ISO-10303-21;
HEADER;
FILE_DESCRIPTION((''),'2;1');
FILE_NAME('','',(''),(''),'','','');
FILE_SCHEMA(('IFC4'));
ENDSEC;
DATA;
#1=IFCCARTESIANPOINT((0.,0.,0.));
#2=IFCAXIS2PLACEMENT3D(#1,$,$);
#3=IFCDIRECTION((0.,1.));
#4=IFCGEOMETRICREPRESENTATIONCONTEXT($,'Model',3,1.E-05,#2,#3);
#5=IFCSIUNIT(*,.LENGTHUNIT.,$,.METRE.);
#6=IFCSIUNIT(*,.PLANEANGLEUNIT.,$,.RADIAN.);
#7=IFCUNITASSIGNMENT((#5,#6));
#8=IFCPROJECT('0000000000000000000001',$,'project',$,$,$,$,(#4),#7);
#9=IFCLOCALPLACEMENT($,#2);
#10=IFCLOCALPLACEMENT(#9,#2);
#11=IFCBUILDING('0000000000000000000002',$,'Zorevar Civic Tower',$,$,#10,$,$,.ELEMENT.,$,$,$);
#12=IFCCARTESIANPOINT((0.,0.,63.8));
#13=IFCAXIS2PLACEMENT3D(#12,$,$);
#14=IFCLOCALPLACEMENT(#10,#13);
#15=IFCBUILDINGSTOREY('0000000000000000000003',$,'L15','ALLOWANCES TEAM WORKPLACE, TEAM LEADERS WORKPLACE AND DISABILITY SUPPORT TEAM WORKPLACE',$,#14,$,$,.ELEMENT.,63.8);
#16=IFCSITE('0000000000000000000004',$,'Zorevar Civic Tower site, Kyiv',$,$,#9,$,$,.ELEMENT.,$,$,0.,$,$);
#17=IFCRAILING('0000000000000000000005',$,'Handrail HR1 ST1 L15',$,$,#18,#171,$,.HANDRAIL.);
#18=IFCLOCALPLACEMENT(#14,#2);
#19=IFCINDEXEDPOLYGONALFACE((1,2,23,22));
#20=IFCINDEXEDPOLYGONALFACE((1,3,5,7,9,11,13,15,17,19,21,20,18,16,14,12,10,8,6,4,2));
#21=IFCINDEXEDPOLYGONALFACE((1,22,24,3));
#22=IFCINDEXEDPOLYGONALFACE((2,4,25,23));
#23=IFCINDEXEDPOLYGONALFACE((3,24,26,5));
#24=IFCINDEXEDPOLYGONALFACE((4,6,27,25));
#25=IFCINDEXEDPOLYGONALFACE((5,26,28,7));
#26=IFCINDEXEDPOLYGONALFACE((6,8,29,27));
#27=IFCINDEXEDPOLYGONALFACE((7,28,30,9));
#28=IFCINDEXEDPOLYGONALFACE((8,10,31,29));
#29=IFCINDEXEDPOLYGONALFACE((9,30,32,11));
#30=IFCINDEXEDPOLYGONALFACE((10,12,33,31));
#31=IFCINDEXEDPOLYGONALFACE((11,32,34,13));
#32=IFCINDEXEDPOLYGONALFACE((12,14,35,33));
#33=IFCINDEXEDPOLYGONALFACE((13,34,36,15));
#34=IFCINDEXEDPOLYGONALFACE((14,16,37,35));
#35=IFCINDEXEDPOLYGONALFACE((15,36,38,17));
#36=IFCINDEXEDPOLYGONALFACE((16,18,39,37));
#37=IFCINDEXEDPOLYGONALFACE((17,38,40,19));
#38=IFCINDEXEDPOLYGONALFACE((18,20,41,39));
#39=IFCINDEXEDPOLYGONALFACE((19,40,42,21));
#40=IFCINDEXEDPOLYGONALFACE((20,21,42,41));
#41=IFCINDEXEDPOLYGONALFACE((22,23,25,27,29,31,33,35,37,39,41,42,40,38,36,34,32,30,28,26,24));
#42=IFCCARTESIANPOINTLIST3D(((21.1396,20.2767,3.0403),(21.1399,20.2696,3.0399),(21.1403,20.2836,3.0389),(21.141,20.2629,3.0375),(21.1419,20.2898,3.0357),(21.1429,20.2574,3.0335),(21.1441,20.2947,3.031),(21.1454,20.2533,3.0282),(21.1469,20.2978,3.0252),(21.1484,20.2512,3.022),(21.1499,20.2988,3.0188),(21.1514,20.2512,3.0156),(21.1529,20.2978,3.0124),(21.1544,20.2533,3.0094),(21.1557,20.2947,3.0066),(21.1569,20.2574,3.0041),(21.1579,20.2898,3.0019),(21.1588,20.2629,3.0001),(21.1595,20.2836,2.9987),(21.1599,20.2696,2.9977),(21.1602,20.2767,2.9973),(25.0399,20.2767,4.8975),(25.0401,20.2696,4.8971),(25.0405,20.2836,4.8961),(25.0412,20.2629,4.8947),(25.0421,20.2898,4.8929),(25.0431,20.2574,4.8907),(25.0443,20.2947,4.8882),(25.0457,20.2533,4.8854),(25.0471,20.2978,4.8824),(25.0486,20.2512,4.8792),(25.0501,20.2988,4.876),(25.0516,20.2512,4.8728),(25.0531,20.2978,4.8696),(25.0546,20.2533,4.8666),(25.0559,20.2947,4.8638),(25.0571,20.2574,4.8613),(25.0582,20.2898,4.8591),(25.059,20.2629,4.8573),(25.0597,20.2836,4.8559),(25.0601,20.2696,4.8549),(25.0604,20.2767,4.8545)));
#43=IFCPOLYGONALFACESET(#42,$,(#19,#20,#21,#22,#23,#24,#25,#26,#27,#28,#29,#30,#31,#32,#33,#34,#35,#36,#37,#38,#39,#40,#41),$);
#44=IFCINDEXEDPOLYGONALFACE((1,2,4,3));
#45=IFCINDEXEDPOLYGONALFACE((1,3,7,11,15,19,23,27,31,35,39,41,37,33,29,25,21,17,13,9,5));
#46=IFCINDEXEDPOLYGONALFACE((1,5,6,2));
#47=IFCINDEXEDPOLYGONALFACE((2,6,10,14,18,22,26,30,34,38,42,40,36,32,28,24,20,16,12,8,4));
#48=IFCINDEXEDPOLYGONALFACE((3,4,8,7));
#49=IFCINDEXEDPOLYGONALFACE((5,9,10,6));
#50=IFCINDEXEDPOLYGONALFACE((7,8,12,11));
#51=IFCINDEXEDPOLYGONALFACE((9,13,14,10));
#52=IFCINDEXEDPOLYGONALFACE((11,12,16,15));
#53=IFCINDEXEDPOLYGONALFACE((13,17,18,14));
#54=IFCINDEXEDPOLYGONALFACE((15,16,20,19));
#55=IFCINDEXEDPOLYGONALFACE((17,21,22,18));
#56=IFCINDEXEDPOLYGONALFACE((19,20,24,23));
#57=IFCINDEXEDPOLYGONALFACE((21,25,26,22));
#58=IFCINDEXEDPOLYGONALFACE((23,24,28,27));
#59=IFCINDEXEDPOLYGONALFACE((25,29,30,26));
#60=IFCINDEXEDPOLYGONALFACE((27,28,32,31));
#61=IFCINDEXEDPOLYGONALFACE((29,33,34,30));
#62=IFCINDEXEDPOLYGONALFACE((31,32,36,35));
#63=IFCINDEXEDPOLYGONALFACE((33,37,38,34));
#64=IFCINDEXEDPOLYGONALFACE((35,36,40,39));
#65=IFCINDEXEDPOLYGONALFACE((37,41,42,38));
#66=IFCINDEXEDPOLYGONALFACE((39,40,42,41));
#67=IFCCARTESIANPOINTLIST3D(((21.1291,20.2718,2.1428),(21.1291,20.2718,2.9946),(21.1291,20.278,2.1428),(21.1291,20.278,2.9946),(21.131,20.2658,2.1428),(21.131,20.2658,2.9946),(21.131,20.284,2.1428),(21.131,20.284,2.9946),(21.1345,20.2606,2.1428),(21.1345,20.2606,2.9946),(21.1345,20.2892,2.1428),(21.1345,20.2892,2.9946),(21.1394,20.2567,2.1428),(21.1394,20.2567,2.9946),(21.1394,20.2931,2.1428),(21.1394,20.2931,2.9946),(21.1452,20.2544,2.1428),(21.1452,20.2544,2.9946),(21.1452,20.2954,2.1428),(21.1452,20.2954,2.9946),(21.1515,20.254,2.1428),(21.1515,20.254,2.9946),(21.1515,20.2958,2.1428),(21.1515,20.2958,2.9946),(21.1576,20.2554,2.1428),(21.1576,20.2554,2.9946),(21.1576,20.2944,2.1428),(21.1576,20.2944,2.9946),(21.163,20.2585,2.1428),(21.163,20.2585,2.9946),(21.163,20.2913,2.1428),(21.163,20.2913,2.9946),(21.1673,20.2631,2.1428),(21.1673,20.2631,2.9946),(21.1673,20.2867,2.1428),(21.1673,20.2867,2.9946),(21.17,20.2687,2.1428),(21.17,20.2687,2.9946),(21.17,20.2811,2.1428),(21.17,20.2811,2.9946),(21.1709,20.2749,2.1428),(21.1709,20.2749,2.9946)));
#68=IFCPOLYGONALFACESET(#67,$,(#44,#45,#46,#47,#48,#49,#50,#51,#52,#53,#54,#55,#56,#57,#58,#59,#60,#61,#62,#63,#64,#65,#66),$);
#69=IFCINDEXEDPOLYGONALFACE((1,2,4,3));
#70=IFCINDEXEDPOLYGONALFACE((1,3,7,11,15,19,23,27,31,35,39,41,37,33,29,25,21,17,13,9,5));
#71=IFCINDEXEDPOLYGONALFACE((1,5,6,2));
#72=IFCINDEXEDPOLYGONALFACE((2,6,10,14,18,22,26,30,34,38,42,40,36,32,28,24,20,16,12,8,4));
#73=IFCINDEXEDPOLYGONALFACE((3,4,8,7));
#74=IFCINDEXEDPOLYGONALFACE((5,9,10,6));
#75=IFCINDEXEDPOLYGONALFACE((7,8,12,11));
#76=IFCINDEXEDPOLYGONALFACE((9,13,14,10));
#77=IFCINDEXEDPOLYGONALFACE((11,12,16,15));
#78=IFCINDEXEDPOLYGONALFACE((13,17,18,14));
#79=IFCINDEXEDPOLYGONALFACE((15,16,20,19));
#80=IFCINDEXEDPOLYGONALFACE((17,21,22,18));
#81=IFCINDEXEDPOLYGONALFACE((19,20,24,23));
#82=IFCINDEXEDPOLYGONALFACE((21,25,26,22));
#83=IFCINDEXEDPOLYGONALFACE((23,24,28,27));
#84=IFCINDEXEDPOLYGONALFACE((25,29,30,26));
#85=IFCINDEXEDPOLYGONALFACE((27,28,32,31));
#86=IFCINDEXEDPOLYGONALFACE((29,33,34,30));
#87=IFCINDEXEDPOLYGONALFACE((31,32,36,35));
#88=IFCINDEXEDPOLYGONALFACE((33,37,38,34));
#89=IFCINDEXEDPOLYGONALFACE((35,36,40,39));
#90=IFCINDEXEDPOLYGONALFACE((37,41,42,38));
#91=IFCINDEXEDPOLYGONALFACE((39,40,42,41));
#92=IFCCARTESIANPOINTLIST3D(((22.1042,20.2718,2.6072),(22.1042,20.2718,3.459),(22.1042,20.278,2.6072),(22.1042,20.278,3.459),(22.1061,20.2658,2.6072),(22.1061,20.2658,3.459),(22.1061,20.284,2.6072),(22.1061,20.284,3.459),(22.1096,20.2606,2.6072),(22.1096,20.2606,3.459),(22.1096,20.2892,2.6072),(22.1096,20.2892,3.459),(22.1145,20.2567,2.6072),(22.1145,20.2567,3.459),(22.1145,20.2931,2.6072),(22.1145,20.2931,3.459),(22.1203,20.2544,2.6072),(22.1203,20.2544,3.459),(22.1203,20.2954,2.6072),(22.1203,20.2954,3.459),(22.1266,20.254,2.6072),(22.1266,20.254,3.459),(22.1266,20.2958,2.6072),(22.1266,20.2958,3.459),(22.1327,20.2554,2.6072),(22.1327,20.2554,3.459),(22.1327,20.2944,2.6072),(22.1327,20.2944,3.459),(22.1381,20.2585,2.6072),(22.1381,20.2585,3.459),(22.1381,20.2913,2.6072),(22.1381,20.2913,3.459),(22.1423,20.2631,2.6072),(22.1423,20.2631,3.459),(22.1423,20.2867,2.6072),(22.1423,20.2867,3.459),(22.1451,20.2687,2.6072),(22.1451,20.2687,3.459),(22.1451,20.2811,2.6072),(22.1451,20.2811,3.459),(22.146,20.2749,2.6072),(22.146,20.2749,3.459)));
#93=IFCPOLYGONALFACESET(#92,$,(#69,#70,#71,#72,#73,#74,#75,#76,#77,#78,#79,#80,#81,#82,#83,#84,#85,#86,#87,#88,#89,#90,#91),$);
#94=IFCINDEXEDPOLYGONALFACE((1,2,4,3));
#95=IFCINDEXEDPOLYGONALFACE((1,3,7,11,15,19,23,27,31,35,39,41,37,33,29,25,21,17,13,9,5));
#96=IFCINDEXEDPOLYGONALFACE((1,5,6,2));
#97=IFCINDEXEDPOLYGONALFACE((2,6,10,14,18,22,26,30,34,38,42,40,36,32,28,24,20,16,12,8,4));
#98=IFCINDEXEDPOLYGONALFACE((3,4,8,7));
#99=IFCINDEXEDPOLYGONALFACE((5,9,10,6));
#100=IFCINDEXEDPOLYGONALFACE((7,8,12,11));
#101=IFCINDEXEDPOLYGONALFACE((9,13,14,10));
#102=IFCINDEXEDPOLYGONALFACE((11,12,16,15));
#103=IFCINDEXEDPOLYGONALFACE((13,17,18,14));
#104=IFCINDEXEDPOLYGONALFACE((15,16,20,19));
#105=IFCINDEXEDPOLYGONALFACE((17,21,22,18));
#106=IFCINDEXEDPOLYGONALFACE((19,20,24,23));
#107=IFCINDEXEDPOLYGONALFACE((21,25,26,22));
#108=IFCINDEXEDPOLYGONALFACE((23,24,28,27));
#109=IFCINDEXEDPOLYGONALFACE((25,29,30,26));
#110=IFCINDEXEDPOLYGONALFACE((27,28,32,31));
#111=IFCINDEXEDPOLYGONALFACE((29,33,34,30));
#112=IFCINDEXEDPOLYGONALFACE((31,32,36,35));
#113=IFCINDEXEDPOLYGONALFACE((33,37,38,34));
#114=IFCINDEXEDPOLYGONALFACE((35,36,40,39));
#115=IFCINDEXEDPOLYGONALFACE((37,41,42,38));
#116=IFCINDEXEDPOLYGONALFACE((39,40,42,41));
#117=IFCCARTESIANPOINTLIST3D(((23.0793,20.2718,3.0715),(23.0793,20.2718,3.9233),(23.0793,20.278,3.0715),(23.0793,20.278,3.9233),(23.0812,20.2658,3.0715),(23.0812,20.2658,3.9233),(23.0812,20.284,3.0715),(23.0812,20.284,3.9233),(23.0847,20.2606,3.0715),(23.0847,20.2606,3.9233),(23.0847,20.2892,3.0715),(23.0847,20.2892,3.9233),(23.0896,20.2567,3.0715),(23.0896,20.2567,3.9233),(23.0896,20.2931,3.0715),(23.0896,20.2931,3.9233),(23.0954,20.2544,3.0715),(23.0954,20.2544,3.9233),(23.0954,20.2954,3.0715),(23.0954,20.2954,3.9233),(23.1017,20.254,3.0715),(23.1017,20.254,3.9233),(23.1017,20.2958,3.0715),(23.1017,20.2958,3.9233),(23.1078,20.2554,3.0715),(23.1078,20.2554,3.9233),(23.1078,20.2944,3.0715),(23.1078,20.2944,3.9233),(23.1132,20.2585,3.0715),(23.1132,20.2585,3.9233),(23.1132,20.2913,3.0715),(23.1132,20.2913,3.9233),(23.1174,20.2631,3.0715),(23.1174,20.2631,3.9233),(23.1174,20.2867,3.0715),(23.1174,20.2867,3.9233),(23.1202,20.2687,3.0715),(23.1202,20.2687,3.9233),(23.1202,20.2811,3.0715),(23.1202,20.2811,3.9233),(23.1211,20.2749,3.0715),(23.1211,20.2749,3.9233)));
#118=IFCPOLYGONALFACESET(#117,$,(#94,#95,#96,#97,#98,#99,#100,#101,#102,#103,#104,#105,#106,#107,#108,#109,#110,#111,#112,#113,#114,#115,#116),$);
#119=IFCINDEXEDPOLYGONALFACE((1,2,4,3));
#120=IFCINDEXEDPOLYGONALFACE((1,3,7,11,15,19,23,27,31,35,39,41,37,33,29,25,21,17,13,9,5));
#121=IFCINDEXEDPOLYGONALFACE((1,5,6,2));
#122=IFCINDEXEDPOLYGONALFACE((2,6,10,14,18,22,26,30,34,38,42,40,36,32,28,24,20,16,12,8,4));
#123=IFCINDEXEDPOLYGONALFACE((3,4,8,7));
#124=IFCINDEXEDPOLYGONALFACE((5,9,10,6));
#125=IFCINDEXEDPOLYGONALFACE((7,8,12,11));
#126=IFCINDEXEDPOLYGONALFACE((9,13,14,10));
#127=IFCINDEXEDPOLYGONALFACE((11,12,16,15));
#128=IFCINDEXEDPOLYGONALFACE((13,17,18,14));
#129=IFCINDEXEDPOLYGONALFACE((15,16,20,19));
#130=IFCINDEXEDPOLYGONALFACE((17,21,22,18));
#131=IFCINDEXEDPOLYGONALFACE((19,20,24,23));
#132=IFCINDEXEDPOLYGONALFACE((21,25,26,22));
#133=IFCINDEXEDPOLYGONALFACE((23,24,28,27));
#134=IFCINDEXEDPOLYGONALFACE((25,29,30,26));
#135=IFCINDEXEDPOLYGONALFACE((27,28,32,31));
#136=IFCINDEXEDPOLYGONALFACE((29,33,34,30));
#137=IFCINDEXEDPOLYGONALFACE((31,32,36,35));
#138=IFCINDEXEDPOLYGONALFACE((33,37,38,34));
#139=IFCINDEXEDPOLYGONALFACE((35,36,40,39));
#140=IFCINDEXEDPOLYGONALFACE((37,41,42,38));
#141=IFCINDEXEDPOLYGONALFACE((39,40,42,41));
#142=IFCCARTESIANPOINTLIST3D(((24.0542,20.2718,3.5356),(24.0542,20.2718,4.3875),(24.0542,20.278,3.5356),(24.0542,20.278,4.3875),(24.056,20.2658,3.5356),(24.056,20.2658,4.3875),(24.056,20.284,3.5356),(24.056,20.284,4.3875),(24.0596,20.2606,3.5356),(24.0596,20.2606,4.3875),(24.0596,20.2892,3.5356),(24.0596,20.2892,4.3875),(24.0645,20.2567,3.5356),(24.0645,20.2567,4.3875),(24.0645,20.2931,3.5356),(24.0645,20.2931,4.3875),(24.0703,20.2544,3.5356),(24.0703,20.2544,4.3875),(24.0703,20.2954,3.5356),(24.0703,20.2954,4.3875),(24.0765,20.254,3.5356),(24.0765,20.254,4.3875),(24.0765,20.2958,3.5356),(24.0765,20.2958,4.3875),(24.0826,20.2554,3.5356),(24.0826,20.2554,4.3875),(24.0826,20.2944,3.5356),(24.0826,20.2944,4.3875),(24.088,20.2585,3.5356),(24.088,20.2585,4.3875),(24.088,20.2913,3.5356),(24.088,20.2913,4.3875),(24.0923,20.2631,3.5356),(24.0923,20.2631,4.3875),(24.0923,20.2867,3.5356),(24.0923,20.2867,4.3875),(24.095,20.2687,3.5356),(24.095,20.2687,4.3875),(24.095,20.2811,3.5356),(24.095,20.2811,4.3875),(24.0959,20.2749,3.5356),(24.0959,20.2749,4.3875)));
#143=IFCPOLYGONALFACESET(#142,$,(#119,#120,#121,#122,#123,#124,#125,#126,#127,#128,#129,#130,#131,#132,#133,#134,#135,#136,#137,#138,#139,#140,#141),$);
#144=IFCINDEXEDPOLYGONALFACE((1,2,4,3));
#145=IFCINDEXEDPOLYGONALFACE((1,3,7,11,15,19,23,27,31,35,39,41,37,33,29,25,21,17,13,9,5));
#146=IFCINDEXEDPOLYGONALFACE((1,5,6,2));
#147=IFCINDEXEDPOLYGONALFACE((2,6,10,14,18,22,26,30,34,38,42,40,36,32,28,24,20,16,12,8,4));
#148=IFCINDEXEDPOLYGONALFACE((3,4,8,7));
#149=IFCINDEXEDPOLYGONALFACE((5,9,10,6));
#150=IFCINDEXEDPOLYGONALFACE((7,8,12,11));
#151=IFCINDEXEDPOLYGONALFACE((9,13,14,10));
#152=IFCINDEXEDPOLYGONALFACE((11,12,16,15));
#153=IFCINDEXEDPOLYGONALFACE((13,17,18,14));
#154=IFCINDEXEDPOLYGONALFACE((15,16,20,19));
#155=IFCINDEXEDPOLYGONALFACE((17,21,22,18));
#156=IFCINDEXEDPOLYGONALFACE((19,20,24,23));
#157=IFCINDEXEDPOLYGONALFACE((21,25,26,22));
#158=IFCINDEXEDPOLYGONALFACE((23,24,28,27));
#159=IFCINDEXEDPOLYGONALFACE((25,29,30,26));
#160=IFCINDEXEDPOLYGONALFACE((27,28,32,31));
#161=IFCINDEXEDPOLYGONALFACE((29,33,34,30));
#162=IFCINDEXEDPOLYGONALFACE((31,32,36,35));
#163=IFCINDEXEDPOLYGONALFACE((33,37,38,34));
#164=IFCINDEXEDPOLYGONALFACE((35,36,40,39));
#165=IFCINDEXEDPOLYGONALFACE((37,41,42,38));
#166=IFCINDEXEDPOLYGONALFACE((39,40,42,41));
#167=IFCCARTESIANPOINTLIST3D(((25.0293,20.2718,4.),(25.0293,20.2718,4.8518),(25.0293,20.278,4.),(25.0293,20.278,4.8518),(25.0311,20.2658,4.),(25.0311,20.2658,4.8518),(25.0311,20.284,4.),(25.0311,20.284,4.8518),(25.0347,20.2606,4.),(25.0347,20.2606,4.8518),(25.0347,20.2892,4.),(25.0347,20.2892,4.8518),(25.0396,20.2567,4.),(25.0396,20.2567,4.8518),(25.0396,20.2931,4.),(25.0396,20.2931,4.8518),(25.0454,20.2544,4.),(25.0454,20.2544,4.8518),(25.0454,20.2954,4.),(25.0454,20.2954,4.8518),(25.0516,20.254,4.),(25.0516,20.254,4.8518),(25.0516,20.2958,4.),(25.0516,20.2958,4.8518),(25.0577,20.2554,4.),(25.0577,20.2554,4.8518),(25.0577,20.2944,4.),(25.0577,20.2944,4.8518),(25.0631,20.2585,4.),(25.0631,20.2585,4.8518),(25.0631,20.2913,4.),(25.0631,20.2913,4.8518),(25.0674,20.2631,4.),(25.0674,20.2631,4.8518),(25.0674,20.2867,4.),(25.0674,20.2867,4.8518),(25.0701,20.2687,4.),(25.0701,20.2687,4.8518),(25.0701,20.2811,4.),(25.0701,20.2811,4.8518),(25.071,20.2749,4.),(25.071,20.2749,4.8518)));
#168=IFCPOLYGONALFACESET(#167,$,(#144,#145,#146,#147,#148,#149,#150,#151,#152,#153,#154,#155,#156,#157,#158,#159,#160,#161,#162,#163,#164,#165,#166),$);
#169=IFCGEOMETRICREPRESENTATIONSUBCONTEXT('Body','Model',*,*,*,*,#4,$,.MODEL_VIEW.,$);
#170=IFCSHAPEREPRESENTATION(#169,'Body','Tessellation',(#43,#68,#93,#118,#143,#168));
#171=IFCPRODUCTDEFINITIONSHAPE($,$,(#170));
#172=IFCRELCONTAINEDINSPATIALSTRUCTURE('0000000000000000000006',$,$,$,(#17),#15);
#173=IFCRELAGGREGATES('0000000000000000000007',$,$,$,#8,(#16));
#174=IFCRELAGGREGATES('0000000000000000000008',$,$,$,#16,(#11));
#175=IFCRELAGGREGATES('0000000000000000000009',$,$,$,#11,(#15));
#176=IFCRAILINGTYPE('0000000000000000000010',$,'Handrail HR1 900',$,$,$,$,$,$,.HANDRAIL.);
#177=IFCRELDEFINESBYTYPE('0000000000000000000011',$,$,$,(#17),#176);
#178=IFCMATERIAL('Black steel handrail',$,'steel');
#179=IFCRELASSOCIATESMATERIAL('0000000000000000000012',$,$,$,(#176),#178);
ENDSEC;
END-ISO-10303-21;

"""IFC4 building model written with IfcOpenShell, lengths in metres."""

from ifc_helpers import new_model, si_unit, direction, frame, origin, origin_2d, place, context, subcontext, project, spatial, circle, extrude, material, type_object, element, save


model = new_model("IFC4")

# Units and contexts
model_context = context("Model", 3, precision=1e-05, world=origin(), true_north=direction((0.0, 1.0)))
body_context = subcontext(model_context, "Body", "Model", "MODEL_VIEW")
ifc_project = project(units=[si_unit("LENGTHUNIT", "METRE"), si_unit("PLANEANGLEUNIT", "RADIAN")], contexts=[model_context])

# Site, building, storey
site_placement = place(None, origin())
site = spatial("IfcSite", under=ifc_project, at=site_placement, Name="Zorevar Civic Tower site, Kyiv", CompositionType="ELEMENT", RefElevation=0.0)
building_placement = place(site_placement, origin())
building = spatial("IfcBuilding", under=site, at=building_placement, Name="Zorevar Civic Tower", CompositionType="ELEMENT")
storey_placement = place(building_placement, frame((0.0, 0.0, 63.8)))
storey = spatial("IfcBuildingStorey", under=building, at=storey_placement, Name="L15", Description="ALLOWANCES TEAM WORKPLACE, TEAM LEADERS WORKPLACE AND DISABILITY SUPPORT TEAM WORKPLACE", CompositionType="ELEMENT", Elevation=63.8)

# Railing
ifc_material_1 = material(Name="Black steel handrail", Category="steel")
railing_type = type_object("IfcRailingType", Name="Handrail HR1 900", PredefinedType="HANDRAIL", material=ifc_material_1)
railing_1_placement = place(storey_placement, frame((21.1499, 20.2749, 2.1428)))
element("IfcRailing", 1, at=railing_1_placement, inside=storey, type_object=railing_type, Name="Handrail HR1 ST1 L15", PredefinedType="HANDRAIL", context=body_context, shape_type="SweptSolid", body=[
    extrude(circle(Radius=0.0239, at=origin_2d()), frame((0.0, 0.0, 0.876), z_axis=(0.902864, 0.0, 0.429927), x_axis=(0.0, 1.0, 0.0)), (0.0, 0.0, 1.0), 4.3198),
    extrude(circle(Radius=0.021, at=origin_2d()), origin(), (0.0, 0.0, 1.0), 0.8518),
    extrude(circle(Radius=0.021, at=origin_2d()), frame((0.9751, 0.0, 0.4644)), (0.0, 0.0, 1.0), 0.8518),
    extrude(circle(Radius=0.021, at=origin_2d()), frame((1.9502, 0.0, 0.9287)), (0.0, 0.0, 1.0), 0.8518),
    extrude(circle(Radius=0.021, at=origin_2d()), frame((2.925, 0.0, 1.3928)), (0.0, 0.0, 1.0), 0.8518),
    extrude(circle(Radius=0.021, at=origin_2d()), frame((3.9001, 0.0, 1.8572)), (0.0, 0.0, 1.0), 0.8518),
])

save(model, "model.ifc")
